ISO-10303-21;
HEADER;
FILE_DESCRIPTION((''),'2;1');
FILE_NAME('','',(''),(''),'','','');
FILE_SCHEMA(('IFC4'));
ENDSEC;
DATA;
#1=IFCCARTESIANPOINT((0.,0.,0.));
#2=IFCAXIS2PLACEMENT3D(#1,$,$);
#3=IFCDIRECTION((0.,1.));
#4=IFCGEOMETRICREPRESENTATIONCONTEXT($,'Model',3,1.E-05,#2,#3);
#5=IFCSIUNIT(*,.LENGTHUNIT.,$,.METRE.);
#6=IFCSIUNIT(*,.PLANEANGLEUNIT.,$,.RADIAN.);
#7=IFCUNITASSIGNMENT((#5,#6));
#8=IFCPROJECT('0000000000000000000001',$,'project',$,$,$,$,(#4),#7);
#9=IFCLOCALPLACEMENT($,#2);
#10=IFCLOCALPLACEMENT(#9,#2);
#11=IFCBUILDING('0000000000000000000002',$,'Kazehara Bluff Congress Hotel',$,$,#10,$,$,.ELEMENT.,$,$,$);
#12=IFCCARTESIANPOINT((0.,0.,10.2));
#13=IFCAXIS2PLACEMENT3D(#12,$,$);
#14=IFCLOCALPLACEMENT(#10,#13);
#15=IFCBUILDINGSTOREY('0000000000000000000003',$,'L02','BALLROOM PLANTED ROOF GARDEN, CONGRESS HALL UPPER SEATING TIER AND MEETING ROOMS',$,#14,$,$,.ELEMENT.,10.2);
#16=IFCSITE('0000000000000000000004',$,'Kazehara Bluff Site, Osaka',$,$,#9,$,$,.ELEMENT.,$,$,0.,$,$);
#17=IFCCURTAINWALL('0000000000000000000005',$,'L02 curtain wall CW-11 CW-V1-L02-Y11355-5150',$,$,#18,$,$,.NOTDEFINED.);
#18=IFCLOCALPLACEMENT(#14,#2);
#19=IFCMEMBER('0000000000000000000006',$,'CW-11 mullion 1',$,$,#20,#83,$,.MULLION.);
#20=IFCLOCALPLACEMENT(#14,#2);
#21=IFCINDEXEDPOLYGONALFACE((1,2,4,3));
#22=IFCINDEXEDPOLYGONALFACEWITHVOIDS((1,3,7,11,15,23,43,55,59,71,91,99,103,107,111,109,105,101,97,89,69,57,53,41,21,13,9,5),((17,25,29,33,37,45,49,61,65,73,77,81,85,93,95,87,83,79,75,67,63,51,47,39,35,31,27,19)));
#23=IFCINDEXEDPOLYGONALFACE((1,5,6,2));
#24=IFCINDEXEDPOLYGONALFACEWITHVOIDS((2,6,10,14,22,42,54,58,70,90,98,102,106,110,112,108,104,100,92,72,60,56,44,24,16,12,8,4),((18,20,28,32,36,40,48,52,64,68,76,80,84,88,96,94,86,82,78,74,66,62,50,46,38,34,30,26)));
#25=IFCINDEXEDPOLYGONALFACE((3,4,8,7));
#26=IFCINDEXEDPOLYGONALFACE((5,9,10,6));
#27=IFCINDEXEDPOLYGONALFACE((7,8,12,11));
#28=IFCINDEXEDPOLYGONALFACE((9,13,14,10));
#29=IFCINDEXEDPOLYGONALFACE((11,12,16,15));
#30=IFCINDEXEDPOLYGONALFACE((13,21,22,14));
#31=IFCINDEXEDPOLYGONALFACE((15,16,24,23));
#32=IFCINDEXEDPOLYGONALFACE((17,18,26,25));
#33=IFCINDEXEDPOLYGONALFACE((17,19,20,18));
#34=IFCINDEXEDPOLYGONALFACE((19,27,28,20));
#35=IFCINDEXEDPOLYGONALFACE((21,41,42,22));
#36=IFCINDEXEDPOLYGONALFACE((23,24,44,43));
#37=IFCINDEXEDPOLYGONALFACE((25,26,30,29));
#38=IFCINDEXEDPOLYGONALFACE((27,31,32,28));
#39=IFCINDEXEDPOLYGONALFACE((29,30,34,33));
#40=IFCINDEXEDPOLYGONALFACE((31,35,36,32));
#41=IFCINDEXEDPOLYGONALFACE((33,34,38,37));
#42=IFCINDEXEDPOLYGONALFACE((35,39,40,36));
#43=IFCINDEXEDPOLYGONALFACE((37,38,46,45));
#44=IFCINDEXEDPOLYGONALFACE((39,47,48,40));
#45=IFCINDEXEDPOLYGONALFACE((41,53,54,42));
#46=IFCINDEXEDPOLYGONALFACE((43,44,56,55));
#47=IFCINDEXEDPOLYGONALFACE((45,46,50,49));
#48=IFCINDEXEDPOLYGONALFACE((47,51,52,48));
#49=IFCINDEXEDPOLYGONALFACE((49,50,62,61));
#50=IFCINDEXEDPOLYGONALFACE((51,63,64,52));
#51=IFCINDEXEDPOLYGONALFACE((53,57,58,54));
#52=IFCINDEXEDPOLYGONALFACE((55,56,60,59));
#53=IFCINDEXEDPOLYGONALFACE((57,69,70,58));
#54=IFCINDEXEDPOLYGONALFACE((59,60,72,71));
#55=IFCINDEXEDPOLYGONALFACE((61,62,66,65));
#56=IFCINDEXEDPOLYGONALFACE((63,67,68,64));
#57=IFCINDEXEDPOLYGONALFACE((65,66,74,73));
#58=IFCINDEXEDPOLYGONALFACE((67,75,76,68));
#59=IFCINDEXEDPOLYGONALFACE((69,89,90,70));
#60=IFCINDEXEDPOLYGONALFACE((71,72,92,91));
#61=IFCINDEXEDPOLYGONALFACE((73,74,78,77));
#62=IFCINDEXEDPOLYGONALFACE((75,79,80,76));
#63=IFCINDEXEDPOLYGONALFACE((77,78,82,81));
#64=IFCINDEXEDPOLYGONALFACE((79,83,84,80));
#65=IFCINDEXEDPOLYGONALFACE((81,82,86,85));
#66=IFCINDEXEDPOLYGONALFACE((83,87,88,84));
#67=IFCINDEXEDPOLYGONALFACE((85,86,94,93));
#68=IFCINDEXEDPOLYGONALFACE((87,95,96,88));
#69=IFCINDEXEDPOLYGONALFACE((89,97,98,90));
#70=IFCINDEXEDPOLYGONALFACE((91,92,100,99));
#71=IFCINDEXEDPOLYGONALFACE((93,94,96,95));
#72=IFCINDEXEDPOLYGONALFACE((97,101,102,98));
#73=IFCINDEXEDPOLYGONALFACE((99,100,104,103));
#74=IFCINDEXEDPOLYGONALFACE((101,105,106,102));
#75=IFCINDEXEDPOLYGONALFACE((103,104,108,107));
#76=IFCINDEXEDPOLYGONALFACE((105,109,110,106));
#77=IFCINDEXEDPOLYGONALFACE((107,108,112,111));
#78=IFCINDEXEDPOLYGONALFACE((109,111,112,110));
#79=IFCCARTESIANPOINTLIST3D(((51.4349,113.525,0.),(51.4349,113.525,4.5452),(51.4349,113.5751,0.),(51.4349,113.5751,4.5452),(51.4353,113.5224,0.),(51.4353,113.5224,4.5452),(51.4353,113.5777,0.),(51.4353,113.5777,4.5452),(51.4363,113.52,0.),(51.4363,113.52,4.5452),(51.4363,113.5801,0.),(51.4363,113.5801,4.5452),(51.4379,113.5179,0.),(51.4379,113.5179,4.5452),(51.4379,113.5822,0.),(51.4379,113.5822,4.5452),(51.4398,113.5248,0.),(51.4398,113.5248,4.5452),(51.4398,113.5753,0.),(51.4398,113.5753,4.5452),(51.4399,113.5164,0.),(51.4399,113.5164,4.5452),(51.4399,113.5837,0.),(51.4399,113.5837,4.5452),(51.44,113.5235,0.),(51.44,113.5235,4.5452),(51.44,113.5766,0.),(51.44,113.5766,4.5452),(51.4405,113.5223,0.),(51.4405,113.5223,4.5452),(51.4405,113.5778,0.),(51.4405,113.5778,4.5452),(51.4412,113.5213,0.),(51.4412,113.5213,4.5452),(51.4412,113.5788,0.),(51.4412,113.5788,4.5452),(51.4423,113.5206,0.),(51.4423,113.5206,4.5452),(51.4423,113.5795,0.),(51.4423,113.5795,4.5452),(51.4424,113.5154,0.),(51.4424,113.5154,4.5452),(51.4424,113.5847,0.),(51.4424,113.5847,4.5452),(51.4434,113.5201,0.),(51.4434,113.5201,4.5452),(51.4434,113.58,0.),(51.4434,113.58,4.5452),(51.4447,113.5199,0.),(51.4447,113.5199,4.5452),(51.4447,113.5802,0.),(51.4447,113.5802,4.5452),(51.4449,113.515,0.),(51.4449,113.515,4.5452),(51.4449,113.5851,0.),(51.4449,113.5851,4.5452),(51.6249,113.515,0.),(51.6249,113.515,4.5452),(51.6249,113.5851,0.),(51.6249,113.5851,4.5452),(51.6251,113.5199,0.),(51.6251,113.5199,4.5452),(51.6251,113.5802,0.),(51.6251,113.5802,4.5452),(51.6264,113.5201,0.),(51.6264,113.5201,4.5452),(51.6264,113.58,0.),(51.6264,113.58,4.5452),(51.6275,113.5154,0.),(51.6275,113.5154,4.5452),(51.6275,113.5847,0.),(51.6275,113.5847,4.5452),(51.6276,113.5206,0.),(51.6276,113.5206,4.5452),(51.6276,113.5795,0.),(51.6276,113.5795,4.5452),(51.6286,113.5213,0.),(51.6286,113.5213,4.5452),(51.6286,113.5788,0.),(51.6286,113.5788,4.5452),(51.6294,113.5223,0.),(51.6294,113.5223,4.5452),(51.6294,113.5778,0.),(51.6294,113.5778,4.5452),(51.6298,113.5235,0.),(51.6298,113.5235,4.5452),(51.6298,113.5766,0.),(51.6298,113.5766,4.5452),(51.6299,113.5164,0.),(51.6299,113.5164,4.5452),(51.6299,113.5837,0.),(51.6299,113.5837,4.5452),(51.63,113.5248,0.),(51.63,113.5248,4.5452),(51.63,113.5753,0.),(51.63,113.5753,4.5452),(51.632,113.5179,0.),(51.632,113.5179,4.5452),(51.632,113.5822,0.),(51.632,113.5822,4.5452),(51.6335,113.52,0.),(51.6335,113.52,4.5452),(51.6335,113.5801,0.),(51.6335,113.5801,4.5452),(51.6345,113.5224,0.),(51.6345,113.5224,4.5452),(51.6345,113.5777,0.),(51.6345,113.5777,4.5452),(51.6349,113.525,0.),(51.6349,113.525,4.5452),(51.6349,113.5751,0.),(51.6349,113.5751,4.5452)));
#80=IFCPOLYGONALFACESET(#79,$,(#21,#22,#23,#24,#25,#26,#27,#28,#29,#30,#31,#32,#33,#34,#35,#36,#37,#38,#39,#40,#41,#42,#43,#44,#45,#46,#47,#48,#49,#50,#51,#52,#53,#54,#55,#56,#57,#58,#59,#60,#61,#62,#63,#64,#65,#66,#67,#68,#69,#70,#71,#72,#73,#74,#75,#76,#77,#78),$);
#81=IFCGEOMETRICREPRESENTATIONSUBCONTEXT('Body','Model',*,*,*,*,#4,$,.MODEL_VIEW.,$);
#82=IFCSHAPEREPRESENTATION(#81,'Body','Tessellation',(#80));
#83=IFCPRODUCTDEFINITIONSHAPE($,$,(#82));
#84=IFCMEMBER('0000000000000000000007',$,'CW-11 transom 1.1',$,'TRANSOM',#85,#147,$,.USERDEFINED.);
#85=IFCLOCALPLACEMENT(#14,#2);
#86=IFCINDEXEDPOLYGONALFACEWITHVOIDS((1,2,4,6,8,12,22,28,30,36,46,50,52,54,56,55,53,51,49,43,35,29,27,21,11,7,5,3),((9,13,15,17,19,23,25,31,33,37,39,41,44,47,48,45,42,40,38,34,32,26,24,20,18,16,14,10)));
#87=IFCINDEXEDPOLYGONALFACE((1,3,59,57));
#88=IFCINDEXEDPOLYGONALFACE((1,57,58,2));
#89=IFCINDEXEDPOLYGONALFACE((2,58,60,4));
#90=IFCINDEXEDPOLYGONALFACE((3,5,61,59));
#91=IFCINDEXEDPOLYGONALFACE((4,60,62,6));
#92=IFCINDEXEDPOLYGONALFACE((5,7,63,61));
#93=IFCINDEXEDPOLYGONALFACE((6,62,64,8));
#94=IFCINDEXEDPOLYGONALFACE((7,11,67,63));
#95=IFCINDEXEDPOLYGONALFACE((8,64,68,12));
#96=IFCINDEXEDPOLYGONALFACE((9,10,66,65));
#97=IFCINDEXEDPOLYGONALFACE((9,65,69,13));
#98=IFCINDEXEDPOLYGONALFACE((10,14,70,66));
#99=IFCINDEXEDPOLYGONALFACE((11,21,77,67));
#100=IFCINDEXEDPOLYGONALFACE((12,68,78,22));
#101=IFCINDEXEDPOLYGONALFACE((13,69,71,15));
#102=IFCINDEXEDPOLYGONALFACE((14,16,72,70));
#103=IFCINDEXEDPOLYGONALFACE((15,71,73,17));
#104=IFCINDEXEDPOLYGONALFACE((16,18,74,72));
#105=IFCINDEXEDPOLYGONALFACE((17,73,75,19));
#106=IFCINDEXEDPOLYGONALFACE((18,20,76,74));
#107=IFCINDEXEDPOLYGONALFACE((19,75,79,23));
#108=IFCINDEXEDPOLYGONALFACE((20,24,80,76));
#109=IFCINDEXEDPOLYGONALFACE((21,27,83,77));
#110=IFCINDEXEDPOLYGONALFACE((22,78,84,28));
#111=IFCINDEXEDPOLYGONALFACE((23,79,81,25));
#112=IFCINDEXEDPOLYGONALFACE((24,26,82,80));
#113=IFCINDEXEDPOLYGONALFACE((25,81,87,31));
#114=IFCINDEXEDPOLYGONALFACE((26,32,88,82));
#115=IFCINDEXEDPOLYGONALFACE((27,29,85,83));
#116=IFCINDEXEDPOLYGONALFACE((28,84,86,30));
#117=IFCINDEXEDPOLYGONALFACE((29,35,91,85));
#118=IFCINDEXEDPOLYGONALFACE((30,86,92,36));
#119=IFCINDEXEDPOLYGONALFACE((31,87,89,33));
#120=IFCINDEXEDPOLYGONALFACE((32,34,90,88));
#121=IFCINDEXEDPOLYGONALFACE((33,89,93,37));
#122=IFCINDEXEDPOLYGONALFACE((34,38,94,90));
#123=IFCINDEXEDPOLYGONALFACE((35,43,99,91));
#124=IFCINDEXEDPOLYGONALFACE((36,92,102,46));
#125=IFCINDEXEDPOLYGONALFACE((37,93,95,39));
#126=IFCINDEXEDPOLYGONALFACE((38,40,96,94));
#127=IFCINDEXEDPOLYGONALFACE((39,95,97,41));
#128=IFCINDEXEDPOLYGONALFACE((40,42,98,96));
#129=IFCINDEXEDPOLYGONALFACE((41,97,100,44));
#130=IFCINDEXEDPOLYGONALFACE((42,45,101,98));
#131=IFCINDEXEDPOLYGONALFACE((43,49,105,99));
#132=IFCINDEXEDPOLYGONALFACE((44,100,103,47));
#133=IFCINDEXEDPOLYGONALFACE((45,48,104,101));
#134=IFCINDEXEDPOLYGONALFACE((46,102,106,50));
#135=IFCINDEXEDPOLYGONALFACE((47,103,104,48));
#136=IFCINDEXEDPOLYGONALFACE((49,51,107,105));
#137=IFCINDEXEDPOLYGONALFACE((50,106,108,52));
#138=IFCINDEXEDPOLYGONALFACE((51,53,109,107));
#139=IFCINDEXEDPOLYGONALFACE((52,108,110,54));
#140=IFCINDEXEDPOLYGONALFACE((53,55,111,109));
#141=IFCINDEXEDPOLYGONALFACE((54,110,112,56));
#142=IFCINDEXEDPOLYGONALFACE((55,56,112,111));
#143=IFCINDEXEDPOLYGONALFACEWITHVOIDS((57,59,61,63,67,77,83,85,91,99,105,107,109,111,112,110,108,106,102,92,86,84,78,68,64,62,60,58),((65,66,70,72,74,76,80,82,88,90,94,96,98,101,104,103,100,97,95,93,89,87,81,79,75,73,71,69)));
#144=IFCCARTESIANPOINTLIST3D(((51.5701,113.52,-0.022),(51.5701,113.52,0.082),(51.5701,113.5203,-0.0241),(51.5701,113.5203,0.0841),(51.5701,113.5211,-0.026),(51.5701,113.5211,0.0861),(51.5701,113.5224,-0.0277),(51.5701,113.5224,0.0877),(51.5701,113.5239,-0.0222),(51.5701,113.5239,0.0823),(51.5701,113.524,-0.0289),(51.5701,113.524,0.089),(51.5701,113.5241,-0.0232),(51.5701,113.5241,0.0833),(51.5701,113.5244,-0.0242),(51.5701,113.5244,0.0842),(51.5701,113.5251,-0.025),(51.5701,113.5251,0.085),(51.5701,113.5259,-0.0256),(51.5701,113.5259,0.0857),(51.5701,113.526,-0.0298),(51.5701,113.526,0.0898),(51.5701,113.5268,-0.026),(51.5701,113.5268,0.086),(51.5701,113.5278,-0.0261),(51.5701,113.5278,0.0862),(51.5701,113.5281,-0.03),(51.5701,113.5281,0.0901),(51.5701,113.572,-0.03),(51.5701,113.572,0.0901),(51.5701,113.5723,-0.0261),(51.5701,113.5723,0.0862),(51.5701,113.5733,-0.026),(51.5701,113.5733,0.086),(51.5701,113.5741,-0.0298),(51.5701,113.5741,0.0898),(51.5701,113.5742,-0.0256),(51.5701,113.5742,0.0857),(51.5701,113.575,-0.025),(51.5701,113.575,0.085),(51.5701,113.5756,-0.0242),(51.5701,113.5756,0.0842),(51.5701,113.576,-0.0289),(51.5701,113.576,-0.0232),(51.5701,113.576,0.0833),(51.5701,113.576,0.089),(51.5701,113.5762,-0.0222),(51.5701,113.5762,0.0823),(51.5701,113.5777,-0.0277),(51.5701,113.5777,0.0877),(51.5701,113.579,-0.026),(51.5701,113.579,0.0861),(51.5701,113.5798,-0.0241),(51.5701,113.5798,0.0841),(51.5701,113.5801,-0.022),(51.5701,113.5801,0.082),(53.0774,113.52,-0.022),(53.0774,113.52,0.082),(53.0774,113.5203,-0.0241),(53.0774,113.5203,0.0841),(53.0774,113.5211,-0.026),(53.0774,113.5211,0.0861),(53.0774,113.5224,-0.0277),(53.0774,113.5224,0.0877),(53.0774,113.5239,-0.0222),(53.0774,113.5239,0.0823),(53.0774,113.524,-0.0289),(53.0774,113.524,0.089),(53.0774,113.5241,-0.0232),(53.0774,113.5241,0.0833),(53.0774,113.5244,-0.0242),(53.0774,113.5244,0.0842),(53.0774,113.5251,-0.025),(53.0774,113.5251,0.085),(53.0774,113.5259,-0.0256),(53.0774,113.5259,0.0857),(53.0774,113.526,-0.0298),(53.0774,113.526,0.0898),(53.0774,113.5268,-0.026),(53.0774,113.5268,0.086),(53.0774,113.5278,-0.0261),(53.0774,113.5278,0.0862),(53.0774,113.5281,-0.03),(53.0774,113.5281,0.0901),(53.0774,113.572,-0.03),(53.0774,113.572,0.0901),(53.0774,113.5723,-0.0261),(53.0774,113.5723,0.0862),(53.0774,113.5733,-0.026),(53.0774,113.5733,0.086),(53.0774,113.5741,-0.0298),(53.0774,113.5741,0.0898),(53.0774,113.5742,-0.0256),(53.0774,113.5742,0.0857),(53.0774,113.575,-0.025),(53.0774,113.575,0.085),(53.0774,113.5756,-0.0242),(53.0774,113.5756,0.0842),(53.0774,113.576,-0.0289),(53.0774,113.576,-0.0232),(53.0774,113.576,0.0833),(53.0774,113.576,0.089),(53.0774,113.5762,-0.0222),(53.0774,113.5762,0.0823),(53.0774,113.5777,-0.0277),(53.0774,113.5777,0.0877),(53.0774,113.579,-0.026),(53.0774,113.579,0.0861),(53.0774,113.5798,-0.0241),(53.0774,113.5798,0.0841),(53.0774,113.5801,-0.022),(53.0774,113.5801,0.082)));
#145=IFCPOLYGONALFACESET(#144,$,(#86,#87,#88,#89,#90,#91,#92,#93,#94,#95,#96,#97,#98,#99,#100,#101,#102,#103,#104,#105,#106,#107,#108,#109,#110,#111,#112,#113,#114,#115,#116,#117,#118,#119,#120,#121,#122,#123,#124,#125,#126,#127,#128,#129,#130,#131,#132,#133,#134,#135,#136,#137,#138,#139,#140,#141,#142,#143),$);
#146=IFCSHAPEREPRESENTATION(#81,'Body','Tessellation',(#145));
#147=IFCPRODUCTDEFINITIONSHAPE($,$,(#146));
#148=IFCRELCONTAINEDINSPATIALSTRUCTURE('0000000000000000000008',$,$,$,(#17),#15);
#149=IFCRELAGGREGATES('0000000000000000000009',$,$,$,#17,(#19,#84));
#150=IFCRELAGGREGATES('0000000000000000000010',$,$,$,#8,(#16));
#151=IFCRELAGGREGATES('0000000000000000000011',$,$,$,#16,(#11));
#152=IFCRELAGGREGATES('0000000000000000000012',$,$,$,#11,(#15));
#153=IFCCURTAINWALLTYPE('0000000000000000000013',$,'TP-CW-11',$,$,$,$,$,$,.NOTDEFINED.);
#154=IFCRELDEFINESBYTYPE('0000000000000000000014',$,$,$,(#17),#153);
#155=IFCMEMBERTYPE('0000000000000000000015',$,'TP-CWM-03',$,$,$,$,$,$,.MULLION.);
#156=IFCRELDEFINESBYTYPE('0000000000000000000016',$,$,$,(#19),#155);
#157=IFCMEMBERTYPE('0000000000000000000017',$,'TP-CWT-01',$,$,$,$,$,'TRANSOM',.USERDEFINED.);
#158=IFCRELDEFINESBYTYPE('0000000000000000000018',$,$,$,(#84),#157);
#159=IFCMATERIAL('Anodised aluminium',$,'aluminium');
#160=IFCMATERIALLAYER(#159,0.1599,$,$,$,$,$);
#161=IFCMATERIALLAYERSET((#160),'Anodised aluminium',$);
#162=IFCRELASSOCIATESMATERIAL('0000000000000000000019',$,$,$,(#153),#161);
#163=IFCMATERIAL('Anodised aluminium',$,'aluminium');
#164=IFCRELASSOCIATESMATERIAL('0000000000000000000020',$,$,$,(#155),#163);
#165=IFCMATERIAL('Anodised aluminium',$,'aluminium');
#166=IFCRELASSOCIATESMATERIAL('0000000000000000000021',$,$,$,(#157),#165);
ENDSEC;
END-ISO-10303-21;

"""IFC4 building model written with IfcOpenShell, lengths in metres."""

from ifc_helpers import new_model, si_unit, direction, frame, origin, origin_2d, place, context, subcontext, project, spatial, hollow_rectangle, extrude, material, layer, layer_set, material_profile, profile_set, type_object, element, aggregate, save


model = new_model("IFC4")

# Units and contexts
model_context = context("Model", 3, precision=1e-05, world=origin(), true_north=direction((0.0, 1.0)))
body_context = subcontext(model_context, "Body", "Model", "MODEL_VIEW")
ifc_project = project(units=[si_unit("LENGTHUNIT", "METRE"), si_unit("PLANEANGLEUNIT", "RADIAN")], contexts=[model_context])

# Site, building, storey
site_placement = place(None, origin())
site = spatial("IfcSite", under=ifc_project, at=site_placement, Name="Kazehara Bluff Site, Osaka", CompositionType="ELEMENT", RefElevation=0.0)
building_placement = place(site_placement, origin())
building = spatial("IfcBuilding", under=site, at=building_placement, Name="Kazehara Bluff Congress Hotel", CompositionType="ELEMENT")
storey_placement = place(building_placement, frame((0.0, 0.0, 10.2)))
storey = spatial("IfcBuildingStorey", under=building, at=storey_placement, Name="L02", Description="BALLROOM PLANTED ROOF GARDEN, CONGRESS HALL UPPER SEATING TIER AND MEETING ROOMS", CompositionType="ELEMENT", Elevation=10.2)

# Curtain wall, members
ifc_material_1 = material(Name="Anodised aluminium", Category="aluminium")
ifc_layer_1 = layer(ifc_material_1, 0.1599)
ifc_layer_set_1 = layer_set([ifc_layer_1], Name="Anodised aluminium")
curtain_wall_type_1 = type_object("IfcCurtainWallType", Name="TP-CW-11", PredefinedType="NOTDEFINED", material=ifc_layer_set_1)
curtain_wall_1_placement = place(storey_placement, origin())
curtain_wall_1 = element("IfcCurtainWall", 1, at=curtain_wall_1_placement, inside=storey, type_object=curtain_wall_type_1, Name="L02 curtain wall CW-11 CW-V1-L02-Y11355-5150", PredefinedType="NOTDEFINED")
ifc_material_2 = material(Name="Anodised aluminium", Category="aluminium")
ifc_material_profile_1 = material_profile(ifc_material_2, hollow_rectangle(XDim=0.0701, YDim=0.2, WallThickness=0.0049, InnerFilletRadius=0.0049, OuterFilletRadius=0.01, at=origin_2d()))
ifc_profile_set_1 = profile_set([ifc_material_profile_1], Name="Anodised aluminium")
member_type_1 = type_object("IfcMemberType", Name="TP-CWM-03", PredefinedType="MULLION", material=ifc_profile_set_1)
member_1_placement = place(storey_placement, frame((51.5349, 113.55, 0.0), z_axis=(0.0, 0.0, 1.0), x_axis=(0.0, 1.0, 0.0)))
member_1 = element("IfcMember", 2, at=member_1_placement, type_object=member_type_1, Name="CW-11 mullion 1", PredefinedType="MULLION", context=body_context, shape_type="SweptSolid", body=[
    extrude(hollow_rectangle(XDim=0.0701, YDim=0.2, WallThickness=0.0049, InnerFilletRadius=0.0049, OuterFilletRadius=0.01, at=origin_2d()), origin(), (0.0, 0.0, 1.0), 4.5452),
])
ifc_material_3 = material(Name="Anodised aluminium", Category="aluminium")
ifc_material_profile_2 = material_profile(ifc_material_3, hollow_rectangle(XDim=0.0601, YDim=0.1201, WallThickness=0.0039, InnerFilletRadius=0.0039, OuterFilletRadius=0.0081, at=origin_2d()))
ifc_profile_set_2 = profile_set([ifc_material_profile_2], Name="Anodised aluminium")
member_type_2 = type_object("IfcMemberType", Name="TP-CWT-01", ElementType="TRANSOM", PredefinedType="USERDEFINED", material=ifc_profile_set_2)
member_2_placement = place(storey_placement, frame((51.5701, 113.55, 0.03), z_axis=(1.0, 0.0, 0.0), x_axis=(0.0, 1.0, 0.0)))
member_2 = element("IfcMember", 3, at=member_2_placement, type_object=member_type_2, Name="CW-11 transom 1.1", ObjectType="TRANSOM", PredefinedType="USERDEFINED", context=body_context, shape_type="SweptSolid", body=[
    extrude(hollow_rectangle(XDim=0.0601, YDim=0.1201, WallThickness=0.0039, InnerFilletRadius=0.0039, OuterFilletRadius=0.0081, at=origin_2d()), origin(), (0.0, 0.0, 1.0), 1.5073),
])

aggregate(curtain_wall_1, [member_1, member_2])

save(model, "model.ifc")
